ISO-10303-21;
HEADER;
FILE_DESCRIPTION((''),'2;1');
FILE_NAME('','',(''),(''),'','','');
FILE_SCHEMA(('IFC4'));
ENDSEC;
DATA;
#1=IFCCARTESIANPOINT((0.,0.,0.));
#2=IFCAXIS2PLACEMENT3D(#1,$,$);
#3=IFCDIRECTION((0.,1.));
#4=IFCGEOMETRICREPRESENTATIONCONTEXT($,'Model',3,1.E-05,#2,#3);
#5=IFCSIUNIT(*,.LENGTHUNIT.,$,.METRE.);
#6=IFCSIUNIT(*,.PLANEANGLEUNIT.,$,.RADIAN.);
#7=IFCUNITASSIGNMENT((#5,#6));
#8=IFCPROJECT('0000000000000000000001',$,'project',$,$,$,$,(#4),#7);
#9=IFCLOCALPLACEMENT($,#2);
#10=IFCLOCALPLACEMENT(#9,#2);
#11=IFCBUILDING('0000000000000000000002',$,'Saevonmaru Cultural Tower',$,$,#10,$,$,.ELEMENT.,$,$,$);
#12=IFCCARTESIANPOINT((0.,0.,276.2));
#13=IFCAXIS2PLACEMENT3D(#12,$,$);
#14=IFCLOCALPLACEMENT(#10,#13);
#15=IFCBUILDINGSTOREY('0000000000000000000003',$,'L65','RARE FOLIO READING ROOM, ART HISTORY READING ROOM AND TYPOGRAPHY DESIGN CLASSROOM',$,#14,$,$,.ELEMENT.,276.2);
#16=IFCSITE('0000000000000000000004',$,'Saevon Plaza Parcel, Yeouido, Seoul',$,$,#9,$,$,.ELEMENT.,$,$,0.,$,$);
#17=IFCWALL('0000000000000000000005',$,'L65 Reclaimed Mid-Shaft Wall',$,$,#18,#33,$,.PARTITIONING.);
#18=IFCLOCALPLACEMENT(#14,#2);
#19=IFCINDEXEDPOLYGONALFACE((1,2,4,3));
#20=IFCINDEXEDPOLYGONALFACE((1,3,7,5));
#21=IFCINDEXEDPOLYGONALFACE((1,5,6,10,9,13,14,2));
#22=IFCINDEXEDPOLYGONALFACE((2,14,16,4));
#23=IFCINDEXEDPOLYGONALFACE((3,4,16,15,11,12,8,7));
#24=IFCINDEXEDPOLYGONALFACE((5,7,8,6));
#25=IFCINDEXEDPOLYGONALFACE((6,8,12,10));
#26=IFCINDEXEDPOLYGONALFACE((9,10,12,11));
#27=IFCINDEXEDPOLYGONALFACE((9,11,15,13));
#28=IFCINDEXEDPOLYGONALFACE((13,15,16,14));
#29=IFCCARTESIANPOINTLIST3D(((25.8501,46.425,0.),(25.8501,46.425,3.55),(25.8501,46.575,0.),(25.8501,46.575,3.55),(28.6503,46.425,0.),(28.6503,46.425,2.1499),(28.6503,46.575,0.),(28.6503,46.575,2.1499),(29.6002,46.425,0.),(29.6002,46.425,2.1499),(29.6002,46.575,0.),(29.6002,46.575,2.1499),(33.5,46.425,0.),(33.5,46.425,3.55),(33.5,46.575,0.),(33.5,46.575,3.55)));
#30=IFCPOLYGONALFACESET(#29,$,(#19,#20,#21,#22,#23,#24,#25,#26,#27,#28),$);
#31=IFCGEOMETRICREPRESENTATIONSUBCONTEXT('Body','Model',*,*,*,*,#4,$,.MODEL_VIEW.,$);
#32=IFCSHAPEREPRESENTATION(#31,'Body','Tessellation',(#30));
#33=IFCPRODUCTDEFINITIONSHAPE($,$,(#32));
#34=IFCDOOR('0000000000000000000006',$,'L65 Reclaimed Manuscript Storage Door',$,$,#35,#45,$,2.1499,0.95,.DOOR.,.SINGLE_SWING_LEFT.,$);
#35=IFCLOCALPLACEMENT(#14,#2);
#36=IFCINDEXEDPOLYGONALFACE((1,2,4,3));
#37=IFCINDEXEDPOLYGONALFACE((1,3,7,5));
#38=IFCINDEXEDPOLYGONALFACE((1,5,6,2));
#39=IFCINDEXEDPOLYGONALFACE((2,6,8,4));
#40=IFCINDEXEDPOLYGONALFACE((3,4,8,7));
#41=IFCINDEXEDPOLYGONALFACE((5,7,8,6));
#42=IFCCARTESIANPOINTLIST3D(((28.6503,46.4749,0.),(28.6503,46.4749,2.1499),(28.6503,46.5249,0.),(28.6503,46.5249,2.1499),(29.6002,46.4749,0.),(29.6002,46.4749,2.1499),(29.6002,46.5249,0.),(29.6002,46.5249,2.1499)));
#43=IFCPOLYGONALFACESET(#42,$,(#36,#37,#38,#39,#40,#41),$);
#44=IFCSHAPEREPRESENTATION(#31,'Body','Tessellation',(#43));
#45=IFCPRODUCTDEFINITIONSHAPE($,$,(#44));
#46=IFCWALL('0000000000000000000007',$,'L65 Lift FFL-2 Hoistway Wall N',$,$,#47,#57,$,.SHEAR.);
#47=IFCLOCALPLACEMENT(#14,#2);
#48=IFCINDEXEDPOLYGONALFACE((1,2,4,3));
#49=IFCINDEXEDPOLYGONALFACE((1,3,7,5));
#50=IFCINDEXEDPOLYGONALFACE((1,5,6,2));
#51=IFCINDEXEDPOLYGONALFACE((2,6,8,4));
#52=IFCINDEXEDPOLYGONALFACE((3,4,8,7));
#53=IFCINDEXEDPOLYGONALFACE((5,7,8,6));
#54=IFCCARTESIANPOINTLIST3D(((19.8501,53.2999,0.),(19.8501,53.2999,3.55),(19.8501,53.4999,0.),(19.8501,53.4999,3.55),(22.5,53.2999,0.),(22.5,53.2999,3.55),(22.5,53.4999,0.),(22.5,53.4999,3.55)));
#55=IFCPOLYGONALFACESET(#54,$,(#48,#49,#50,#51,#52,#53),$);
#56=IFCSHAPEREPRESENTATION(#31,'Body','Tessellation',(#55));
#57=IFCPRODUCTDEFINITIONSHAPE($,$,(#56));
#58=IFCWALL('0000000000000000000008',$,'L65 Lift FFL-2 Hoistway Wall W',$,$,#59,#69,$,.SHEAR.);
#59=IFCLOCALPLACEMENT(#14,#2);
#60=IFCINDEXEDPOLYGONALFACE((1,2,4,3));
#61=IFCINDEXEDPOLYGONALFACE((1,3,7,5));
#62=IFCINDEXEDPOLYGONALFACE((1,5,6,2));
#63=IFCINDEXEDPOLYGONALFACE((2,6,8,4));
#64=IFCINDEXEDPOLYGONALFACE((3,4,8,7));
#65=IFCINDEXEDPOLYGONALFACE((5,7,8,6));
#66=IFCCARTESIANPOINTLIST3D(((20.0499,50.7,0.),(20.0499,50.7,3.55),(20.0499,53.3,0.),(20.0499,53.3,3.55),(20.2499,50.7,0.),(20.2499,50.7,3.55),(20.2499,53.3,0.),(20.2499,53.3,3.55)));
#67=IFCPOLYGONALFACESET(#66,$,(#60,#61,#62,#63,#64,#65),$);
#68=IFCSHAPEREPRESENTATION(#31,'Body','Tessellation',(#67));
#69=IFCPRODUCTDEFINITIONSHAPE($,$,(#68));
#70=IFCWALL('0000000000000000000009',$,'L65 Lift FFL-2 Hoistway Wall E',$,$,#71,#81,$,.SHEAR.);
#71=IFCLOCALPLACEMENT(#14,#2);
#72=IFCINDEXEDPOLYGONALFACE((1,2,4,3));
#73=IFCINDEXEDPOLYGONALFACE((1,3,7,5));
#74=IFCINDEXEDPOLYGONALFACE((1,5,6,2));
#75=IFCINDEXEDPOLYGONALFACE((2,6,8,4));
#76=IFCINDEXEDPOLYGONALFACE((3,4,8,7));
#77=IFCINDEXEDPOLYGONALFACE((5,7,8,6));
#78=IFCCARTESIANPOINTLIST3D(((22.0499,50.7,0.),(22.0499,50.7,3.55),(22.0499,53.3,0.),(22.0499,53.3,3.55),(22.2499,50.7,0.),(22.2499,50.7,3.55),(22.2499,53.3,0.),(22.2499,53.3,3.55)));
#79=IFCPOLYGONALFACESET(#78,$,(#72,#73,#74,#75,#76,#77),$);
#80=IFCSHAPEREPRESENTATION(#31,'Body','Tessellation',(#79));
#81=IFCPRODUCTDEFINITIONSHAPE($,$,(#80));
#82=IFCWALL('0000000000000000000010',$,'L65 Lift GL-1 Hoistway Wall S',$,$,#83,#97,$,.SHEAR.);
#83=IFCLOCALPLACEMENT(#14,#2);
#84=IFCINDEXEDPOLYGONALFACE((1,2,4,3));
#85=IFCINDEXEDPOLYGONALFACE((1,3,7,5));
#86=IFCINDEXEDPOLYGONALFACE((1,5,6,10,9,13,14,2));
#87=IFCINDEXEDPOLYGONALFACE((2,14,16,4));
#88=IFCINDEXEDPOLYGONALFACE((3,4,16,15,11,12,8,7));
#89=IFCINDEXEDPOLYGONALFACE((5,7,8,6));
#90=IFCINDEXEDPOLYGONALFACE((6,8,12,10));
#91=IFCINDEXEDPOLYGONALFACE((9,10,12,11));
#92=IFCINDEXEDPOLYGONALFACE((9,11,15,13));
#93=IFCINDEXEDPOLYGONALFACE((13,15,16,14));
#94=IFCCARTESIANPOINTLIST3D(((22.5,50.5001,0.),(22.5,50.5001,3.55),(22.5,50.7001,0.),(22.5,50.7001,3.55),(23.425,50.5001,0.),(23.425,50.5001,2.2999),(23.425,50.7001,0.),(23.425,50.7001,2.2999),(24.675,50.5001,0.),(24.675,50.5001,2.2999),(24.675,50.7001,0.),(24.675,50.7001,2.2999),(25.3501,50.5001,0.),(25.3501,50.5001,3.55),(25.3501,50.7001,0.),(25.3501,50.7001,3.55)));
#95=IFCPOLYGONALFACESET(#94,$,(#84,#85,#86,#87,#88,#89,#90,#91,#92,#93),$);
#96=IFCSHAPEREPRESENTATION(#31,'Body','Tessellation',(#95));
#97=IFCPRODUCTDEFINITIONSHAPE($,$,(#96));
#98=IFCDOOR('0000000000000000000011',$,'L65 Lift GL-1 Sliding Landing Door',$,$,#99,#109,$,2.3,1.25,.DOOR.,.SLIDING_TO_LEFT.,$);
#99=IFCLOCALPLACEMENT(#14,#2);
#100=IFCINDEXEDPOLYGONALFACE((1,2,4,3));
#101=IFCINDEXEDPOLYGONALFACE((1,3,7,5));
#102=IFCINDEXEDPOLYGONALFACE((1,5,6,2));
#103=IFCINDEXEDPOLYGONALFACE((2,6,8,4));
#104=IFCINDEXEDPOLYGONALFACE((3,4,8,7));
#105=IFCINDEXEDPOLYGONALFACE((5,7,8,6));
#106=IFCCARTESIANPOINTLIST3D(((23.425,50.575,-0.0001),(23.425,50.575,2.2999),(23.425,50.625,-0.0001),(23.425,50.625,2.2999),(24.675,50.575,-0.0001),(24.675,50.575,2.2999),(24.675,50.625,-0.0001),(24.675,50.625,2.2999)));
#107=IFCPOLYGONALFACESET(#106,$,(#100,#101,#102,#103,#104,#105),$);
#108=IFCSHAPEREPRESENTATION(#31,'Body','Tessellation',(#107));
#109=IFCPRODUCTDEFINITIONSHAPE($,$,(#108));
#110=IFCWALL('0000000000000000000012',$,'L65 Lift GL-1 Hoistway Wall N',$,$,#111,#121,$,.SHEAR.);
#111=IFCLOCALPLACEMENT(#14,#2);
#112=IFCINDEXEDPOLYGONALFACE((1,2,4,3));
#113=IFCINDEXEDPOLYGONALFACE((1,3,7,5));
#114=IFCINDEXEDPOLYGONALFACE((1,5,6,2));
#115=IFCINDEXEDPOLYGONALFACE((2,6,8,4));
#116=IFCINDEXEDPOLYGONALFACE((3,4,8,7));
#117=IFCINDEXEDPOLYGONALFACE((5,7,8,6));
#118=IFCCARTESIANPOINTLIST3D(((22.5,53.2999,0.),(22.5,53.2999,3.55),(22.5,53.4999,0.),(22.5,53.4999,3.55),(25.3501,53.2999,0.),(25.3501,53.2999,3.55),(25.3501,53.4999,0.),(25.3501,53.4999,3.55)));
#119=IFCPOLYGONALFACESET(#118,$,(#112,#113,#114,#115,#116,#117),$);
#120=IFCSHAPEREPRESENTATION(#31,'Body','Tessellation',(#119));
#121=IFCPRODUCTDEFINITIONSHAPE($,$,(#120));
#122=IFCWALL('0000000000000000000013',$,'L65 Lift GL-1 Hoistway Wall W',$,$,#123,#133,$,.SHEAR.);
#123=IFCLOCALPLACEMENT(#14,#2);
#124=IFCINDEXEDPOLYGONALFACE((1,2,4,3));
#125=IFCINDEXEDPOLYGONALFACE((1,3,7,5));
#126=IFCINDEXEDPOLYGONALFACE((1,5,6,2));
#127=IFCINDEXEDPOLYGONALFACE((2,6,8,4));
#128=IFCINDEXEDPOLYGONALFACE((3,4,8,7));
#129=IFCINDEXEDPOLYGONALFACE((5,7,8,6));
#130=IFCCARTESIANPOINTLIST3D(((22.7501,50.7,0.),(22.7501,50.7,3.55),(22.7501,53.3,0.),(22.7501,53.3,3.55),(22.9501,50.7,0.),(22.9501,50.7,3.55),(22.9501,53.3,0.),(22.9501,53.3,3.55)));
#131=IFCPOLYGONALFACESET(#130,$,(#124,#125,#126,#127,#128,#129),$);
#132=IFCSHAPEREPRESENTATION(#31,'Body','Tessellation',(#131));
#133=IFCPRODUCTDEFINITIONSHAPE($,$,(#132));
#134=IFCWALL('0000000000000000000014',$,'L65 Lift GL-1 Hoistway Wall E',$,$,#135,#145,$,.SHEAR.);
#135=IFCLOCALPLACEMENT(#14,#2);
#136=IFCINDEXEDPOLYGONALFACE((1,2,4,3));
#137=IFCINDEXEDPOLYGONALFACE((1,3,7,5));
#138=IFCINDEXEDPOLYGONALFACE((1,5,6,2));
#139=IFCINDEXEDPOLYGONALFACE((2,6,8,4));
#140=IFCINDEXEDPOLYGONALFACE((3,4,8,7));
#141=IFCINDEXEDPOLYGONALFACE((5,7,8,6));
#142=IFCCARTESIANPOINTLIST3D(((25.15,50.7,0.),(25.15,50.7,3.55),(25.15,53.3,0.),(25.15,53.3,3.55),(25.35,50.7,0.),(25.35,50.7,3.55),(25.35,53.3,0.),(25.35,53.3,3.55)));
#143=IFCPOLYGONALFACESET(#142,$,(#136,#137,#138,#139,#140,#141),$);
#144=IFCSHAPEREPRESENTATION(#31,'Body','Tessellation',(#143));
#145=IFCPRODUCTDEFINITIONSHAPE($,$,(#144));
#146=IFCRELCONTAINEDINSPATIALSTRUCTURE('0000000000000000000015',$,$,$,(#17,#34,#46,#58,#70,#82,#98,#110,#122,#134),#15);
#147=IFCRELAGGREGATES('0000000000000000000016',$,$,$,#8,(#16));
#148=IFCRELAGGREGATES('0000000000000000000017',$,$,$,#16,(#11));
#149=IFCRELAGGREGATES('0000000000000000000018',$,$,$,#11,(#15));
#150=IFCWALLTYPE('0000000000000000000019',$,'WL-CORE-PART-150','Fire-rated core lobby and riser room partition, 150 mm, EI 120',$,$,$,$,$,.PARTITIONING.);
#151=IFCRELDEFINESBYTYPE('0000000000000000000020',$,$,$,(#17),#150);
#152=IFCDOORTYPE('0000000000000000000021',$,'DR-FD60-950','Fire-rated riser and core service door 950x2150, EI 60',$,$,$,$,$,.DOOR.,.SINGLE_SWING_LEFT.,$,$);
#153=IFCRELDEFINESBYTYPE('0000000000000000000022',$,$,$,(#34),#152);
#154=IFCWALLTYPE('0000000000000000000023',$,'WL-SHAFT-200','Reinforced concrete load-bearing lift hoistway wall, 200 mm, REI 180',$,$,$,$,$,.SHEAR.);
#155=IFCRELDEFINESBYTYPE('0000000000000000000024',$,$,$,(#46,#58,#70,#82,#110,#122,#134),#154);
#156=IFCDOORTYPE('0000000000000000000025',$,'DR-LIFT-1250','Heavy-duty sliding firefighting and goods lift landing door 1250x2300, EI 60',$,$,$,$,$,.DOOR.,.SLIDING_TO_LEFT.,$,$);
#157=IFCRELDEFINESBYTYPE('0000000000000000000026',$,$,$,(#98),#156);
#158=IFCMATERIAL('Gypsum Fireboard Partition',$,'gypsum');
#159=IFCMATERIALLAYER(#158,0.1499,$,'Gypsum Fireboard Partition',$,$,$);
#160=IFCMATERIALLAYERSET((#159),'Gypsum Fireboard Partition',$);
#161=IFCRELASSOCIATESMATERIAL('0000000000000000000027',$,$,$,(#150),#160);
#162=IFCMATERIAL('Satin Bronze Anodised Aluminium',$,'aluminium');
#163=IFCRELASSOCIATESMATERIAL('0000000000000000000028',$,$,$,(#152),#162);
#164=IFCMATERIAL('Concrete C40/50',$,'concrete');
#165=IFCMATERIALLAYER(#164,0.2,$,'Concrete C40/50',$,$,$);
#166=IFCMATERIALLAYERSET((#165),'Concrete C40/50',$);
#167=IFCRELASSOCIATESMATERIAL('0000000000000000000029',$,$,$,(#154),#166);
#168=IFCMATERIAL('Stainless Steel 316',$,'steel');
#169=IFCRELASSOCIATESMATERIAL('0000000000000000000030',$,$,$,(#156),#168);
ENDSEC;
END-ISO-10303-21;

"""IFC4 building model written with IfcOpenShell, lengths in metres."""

from ifc_helpers import new_model, si_unit, direction, frame, frame_2d, origin, place, context, subcontext, project, spatial, rectangle, extrude, material, layer, layer_set, type_object, element, fill, save


model = new_model("IFC4")

# Units and contexts
model_context = context("Model", 3, precision=1e-05, world=origin(), true_north=direction((0.0, 1.0)))
body_context = subcontext(model_context, "Body", "Model", "MODEL_VIEW")
ifc_project = project(units=[si_unit("LENGTHUNIT", "METRE"), si_unit("PLANEANGLEUNIT", "RADIAN")], contexts=[model_context])

# Site, building, storey
site_placement = place(None, origin())
site = spatial("IfcSite", under=ifc_project, at=site_placement, Name="Saevon Plaza Parcel, Yeouido, Seoul", CompositionType="ELEMENT", RefElevation=0.0)
building_placement = place(site_placement, origin())
building = spatial("IfcBuilding", under=site, at=building_placement, Name="Saevonmaru Cultural Tower", CompositionType="ELEMENT")
storey_placement = place(building_placement, frame((0.0, 0.0, 276.2)))
storey = spatial("IfcBuildingStorey", under=building, at=storey_placement, Name="L65", Description="RARE FOLIO READING ROOM, ART HISTORY READING ROOM AND TYPOGRAPHY DESIGN CLASSROOM", CompositionType="ELEMENT", Elevation=276.2)

# Shared definitions
ifc_material_1 = material(Name="Satin Bronze Anodised Aluminium", Category="aluminium")

# Shared definitions
ifc_material_2 = material(Name="Gypsum Fireboard Partition", Category="gypsum")
ifc_layer_1 = layer(ifc_material_2, 0.1499, Name="Gypsum Fireboard Partition")
ifc_layer_set_1 = layer_set([ifc_layer_1], Name="Gypsum Fireboard Partition")
wall_type_1 = type_object("IfcWallType", Name="WL-CORE-PART-150", Description="Fire-rated core lobby and riser room partition, 150 mm, EI 120", PredefinedType="PARTITIONING", material=ifc_layer_set_1)

# Shared definitions
door_type_1 = type_object("IfcDoorType", Name="DR-FD60-950", Description="Fire-rated riser and core service door 950x2150, EI 60", OperationType="SINGLE_SWING_LEFT", PredefinedType="DOOR", material=ifc_material_1)

# Wall, opening, door
wall_1_placement = place(storey_placement, frame((25.8501, 46.5, 0.0), z_axis=(0.0, 0.0, 1.0), x_axis=(1.0, 0.0, 0.0)))
wall_1 = element("IfcWall", 1, at=wall_1_placement, inside=storey, type_object=wall_type_1, Name="L65 Reclaimed Mid-Shaft Wall", PredefinedType="PARTITIONING", context=body_context, shape_type="SweptSolid", body=[
    extrude(rectangle(XDim=7.6499, YDim=0.1499, at=frame_2d((3.825, 0.0))), origin(), (0.0, 0.0, 1.0), 3.55),
])
opening_1_placement = place(wall_1_placement, frame((2.8, 0.0, 0.0)))
opening_1 = element("IfcOpeningElement", 2, at=opening_1_placement, cuts=wall_1, PredefinedType="OPENING", context=body_context, shape_type="SweptSolid", body=[
    extrude(rectangle(XDim=0.95, YDim=2.1499, at=frame_2d((0.4751, 1.075))), frame((0.0, 0.085, 0.0), z_axis=(0.0, -1.0, 0.0), x_axis=(1.0, 0.0, 0.0)), (0.0, 0.0, 1.0), 0.1699),
])
door_1_placement = place(opening_1_placement, origin())
door_1 = element("IfcDoor", 3, at=door_1_placement, inside=storey, type_object=door_type_1, Name="L65 Reclaimed Manuscript Storage Door", OperationType="SINGLE_SWING_LEFT", OverallHeight=2.1499, OverallWidth=0.95, PredefinedType="DOOR", context=body_context, shape_type="SweptSolid", body=[
    extrude(rectangle(XDim=0.95, YDim=2.1499, at=frame_2d((0.4751, 1.075))), frame((0.0, 0.0249, 0.0), z_axis=(0.0, -1.0, 0.0), x_axis=(1.0, 0.0, 0.0)), (0.0, 0.0, 1.0), 0.05),
])
fill(opening_1, door_1)

# Walls
ifc_material_3 = material(Name="Concrete C40/50", Category="concrete")
ifc_layer_2 = layer(ifc_material_3, 0.2, Name="Concrete C40/50")
ifc_layer_set_2 = layer_set([ifc_layer_2], Name="Concrete C40/50")
wall_type_2 = type_object("IfcWallType", Name="WL-SHAFT-200", Description="Reinforced concrete load-bearing lift hoistway wall, 200 mm, REI 180", PredefinedType="SHEAR", material=ifc_layer_set_2)
wall_2_placement = place(storey_placement, frame((19.8501, 53.3999, 0.0), z_axis=(0.0, 0.0, 1.0), x_axis=(1.0, 0.0, 0.0)))
element("IfcWall", 4, at=wall_2_placement, inside=storey, type_object=wall_type_2, Name="L65 Lift FFL-2 Hoistway Wall N", PredefinedType="SHEAR", context=body_context, shape_type="SweptSolid", body=[
    extrude(rectangle(XDim=2.6499, YDim=0.2, at=frame_2d((1.325, 0.0))), origin(), (0.0, 0.0, 1.0), 3.55),
])
for number, where, z_axis, x_axis, name in (
    (5, (20.1499, 50.7, 0.0), (0.0, 0.0, 1.0), (0.0, 1.0, 0.0), "L65 Lift FFL-2 Hoistway Wall W"),
    (6, (22.1499, 50.7, 0.0), (0.0, 0.0, 1.0), (0.0, 1.0, 0.0), "L65 Lift FFL-2 Hoistway Wall E"),
):
    element("IfcWall", number, at=place(storey_placement, frame(where, z_axis=z_axis, x_axis=x_axis)), inside=storey, type_object=wall_type_2, Name=name, PredefinedType="SHEAR", context=body_context, shape_type="SweptSolid", body=[
        extrude(rectangle(XDim=2.6001, YDim=0.2, at=frame_2d((1.3, 0.0))), origin(), (0.0, 0.0, 1.0), 3.55),
    ])

# Wall, opening, door
wall_3_placement = place(storey_placement, frame((22.5, 50.6001, 0.0), z_axis=(0.0, 0.0, 1.0), x_axis=(1.0, 0.0, 0.0)))
wall_3 = element("IfcWall", 7, at=wall_3_placement, inside=storey, type_object=wall_type_2, Name="L65 Lift GL-1 Hoistway Wall S", PredefinedType="SHEAR", context=body_context, shape_type="SweptSolid", body=[
    extrude(rectangle(XDim=2.8501, YDim=0.2, at=frame_2d((1.425, 0.0))), origin(), (0.0, 0.0, 1.0), 3.55),
])
opening_2_placement = place(wall_3_placement, frame((0.925, 0.0, 0.0)))
opening_2 = element("IfcOpeningElement", 8, at=opening_2_placement, cuts=wall_3, PredefinedType="OPENING", context=body_context, shape_type="SweptSolid", body=[
    extrude(rectangle(XDim=1.25, YDim=2.3, at=frame_2d((0.625, 1.1499))), frame((0.0, 0.1099, 0.0), z_axis=(0.0, -1.0, 0.0), x_axis=(1.0, 0.0, 0.0)), (0.0, 0.0, 1.0), 0.22),
])
ifc_material_4 = material(Name="Stainless Steel 316", Category="steel")
door_type_2 = type_object("IfcDoorType", Name="DR-LIFT-1250", Description="Heavy-duty sliding firefighting and goods lift landing door 1250x2300, EI 60", OperationType="SLIDING_TO_LEFT", PredefinedType="DOOR", material=ifc_material_4)
door_2_placement = place(opening_2_placement, origin())
door_2 = element("IfcDoor", 9, at=door_2_placement, inside=storey, type_object=door_type_2, Name="L65 Lift GL-1 Sliding Landing Door", OperationType="SLIDING_TO_LEFT", OverallHeight=2.3, OverallWidth=1.25, PredefinedType="DOOR", context=body_context, shape_type="SweptSolid", body=[
    extrude(rectangle(XDim=1.25, YDim=2.3, at=frame_2d((0.625, 1.1499))), frame((0.0, 0.0249, 0.0), z_axis=(0.0, -1.0, 0.0), x_axis=(1.0, 0.0, 0.0)), (0.0, 0.0, 1.0), 0.05),
])
fill(opening_2, door_2)

# Walls
wall_4_placement = place(storey_placement, frame((22.5, 53.3999, 0.0), z_axis=(0.0, 0.0, 1.0), x_axis=(1.0, 0.0, 0.0)))
element("IfcWall", 10, at=wall_4_placement, inside=storey, type_object=wall_type_2, Name="L65 Lift GL-1 Hoistway Wall N", PredefinedType="SHEAR", context=body_context, shape_type="SweptSolid", body=[
    extrude(rectangle(XDim=2.8501, YDim=0.2, at=frame_2d((1.425, 0.0))), origin(), (0.0, 0.0, 1.0), 3.55),
])
for number, where, z_axis, x_axis, name in (
    (11, (22.8501, 50.7, 0.0), (0.0, 0.0, 1.0), (0.0, 1.0, 0.0), "L65 Lift GL-1 Hoistway Wall W"),
    (12, (25.25, 50.7, 0.0), (0.0, 0.0, 1.0), (0.0, 1.0, 0.0), "L65 Lift GL-1 Hoistway Wall E"),
):
    element("IfcWall", number, at=place(storey_placement, frame(where, z_axis=z_axis, x_axis=x_axis)), inside=storey, type_object=wall_type_2, Name=name, PredefinedType="SHEAR", context=body_context, shape_type="SweptSolid", body=[
        extrude(rectangle(XDim=2.6001, YDim=0.2, at=frame_2d((1.3, 0.0))), origin(), (0.0, 0.0, 1.0), 3.55),
    ])

save(model, "model.ifc")
